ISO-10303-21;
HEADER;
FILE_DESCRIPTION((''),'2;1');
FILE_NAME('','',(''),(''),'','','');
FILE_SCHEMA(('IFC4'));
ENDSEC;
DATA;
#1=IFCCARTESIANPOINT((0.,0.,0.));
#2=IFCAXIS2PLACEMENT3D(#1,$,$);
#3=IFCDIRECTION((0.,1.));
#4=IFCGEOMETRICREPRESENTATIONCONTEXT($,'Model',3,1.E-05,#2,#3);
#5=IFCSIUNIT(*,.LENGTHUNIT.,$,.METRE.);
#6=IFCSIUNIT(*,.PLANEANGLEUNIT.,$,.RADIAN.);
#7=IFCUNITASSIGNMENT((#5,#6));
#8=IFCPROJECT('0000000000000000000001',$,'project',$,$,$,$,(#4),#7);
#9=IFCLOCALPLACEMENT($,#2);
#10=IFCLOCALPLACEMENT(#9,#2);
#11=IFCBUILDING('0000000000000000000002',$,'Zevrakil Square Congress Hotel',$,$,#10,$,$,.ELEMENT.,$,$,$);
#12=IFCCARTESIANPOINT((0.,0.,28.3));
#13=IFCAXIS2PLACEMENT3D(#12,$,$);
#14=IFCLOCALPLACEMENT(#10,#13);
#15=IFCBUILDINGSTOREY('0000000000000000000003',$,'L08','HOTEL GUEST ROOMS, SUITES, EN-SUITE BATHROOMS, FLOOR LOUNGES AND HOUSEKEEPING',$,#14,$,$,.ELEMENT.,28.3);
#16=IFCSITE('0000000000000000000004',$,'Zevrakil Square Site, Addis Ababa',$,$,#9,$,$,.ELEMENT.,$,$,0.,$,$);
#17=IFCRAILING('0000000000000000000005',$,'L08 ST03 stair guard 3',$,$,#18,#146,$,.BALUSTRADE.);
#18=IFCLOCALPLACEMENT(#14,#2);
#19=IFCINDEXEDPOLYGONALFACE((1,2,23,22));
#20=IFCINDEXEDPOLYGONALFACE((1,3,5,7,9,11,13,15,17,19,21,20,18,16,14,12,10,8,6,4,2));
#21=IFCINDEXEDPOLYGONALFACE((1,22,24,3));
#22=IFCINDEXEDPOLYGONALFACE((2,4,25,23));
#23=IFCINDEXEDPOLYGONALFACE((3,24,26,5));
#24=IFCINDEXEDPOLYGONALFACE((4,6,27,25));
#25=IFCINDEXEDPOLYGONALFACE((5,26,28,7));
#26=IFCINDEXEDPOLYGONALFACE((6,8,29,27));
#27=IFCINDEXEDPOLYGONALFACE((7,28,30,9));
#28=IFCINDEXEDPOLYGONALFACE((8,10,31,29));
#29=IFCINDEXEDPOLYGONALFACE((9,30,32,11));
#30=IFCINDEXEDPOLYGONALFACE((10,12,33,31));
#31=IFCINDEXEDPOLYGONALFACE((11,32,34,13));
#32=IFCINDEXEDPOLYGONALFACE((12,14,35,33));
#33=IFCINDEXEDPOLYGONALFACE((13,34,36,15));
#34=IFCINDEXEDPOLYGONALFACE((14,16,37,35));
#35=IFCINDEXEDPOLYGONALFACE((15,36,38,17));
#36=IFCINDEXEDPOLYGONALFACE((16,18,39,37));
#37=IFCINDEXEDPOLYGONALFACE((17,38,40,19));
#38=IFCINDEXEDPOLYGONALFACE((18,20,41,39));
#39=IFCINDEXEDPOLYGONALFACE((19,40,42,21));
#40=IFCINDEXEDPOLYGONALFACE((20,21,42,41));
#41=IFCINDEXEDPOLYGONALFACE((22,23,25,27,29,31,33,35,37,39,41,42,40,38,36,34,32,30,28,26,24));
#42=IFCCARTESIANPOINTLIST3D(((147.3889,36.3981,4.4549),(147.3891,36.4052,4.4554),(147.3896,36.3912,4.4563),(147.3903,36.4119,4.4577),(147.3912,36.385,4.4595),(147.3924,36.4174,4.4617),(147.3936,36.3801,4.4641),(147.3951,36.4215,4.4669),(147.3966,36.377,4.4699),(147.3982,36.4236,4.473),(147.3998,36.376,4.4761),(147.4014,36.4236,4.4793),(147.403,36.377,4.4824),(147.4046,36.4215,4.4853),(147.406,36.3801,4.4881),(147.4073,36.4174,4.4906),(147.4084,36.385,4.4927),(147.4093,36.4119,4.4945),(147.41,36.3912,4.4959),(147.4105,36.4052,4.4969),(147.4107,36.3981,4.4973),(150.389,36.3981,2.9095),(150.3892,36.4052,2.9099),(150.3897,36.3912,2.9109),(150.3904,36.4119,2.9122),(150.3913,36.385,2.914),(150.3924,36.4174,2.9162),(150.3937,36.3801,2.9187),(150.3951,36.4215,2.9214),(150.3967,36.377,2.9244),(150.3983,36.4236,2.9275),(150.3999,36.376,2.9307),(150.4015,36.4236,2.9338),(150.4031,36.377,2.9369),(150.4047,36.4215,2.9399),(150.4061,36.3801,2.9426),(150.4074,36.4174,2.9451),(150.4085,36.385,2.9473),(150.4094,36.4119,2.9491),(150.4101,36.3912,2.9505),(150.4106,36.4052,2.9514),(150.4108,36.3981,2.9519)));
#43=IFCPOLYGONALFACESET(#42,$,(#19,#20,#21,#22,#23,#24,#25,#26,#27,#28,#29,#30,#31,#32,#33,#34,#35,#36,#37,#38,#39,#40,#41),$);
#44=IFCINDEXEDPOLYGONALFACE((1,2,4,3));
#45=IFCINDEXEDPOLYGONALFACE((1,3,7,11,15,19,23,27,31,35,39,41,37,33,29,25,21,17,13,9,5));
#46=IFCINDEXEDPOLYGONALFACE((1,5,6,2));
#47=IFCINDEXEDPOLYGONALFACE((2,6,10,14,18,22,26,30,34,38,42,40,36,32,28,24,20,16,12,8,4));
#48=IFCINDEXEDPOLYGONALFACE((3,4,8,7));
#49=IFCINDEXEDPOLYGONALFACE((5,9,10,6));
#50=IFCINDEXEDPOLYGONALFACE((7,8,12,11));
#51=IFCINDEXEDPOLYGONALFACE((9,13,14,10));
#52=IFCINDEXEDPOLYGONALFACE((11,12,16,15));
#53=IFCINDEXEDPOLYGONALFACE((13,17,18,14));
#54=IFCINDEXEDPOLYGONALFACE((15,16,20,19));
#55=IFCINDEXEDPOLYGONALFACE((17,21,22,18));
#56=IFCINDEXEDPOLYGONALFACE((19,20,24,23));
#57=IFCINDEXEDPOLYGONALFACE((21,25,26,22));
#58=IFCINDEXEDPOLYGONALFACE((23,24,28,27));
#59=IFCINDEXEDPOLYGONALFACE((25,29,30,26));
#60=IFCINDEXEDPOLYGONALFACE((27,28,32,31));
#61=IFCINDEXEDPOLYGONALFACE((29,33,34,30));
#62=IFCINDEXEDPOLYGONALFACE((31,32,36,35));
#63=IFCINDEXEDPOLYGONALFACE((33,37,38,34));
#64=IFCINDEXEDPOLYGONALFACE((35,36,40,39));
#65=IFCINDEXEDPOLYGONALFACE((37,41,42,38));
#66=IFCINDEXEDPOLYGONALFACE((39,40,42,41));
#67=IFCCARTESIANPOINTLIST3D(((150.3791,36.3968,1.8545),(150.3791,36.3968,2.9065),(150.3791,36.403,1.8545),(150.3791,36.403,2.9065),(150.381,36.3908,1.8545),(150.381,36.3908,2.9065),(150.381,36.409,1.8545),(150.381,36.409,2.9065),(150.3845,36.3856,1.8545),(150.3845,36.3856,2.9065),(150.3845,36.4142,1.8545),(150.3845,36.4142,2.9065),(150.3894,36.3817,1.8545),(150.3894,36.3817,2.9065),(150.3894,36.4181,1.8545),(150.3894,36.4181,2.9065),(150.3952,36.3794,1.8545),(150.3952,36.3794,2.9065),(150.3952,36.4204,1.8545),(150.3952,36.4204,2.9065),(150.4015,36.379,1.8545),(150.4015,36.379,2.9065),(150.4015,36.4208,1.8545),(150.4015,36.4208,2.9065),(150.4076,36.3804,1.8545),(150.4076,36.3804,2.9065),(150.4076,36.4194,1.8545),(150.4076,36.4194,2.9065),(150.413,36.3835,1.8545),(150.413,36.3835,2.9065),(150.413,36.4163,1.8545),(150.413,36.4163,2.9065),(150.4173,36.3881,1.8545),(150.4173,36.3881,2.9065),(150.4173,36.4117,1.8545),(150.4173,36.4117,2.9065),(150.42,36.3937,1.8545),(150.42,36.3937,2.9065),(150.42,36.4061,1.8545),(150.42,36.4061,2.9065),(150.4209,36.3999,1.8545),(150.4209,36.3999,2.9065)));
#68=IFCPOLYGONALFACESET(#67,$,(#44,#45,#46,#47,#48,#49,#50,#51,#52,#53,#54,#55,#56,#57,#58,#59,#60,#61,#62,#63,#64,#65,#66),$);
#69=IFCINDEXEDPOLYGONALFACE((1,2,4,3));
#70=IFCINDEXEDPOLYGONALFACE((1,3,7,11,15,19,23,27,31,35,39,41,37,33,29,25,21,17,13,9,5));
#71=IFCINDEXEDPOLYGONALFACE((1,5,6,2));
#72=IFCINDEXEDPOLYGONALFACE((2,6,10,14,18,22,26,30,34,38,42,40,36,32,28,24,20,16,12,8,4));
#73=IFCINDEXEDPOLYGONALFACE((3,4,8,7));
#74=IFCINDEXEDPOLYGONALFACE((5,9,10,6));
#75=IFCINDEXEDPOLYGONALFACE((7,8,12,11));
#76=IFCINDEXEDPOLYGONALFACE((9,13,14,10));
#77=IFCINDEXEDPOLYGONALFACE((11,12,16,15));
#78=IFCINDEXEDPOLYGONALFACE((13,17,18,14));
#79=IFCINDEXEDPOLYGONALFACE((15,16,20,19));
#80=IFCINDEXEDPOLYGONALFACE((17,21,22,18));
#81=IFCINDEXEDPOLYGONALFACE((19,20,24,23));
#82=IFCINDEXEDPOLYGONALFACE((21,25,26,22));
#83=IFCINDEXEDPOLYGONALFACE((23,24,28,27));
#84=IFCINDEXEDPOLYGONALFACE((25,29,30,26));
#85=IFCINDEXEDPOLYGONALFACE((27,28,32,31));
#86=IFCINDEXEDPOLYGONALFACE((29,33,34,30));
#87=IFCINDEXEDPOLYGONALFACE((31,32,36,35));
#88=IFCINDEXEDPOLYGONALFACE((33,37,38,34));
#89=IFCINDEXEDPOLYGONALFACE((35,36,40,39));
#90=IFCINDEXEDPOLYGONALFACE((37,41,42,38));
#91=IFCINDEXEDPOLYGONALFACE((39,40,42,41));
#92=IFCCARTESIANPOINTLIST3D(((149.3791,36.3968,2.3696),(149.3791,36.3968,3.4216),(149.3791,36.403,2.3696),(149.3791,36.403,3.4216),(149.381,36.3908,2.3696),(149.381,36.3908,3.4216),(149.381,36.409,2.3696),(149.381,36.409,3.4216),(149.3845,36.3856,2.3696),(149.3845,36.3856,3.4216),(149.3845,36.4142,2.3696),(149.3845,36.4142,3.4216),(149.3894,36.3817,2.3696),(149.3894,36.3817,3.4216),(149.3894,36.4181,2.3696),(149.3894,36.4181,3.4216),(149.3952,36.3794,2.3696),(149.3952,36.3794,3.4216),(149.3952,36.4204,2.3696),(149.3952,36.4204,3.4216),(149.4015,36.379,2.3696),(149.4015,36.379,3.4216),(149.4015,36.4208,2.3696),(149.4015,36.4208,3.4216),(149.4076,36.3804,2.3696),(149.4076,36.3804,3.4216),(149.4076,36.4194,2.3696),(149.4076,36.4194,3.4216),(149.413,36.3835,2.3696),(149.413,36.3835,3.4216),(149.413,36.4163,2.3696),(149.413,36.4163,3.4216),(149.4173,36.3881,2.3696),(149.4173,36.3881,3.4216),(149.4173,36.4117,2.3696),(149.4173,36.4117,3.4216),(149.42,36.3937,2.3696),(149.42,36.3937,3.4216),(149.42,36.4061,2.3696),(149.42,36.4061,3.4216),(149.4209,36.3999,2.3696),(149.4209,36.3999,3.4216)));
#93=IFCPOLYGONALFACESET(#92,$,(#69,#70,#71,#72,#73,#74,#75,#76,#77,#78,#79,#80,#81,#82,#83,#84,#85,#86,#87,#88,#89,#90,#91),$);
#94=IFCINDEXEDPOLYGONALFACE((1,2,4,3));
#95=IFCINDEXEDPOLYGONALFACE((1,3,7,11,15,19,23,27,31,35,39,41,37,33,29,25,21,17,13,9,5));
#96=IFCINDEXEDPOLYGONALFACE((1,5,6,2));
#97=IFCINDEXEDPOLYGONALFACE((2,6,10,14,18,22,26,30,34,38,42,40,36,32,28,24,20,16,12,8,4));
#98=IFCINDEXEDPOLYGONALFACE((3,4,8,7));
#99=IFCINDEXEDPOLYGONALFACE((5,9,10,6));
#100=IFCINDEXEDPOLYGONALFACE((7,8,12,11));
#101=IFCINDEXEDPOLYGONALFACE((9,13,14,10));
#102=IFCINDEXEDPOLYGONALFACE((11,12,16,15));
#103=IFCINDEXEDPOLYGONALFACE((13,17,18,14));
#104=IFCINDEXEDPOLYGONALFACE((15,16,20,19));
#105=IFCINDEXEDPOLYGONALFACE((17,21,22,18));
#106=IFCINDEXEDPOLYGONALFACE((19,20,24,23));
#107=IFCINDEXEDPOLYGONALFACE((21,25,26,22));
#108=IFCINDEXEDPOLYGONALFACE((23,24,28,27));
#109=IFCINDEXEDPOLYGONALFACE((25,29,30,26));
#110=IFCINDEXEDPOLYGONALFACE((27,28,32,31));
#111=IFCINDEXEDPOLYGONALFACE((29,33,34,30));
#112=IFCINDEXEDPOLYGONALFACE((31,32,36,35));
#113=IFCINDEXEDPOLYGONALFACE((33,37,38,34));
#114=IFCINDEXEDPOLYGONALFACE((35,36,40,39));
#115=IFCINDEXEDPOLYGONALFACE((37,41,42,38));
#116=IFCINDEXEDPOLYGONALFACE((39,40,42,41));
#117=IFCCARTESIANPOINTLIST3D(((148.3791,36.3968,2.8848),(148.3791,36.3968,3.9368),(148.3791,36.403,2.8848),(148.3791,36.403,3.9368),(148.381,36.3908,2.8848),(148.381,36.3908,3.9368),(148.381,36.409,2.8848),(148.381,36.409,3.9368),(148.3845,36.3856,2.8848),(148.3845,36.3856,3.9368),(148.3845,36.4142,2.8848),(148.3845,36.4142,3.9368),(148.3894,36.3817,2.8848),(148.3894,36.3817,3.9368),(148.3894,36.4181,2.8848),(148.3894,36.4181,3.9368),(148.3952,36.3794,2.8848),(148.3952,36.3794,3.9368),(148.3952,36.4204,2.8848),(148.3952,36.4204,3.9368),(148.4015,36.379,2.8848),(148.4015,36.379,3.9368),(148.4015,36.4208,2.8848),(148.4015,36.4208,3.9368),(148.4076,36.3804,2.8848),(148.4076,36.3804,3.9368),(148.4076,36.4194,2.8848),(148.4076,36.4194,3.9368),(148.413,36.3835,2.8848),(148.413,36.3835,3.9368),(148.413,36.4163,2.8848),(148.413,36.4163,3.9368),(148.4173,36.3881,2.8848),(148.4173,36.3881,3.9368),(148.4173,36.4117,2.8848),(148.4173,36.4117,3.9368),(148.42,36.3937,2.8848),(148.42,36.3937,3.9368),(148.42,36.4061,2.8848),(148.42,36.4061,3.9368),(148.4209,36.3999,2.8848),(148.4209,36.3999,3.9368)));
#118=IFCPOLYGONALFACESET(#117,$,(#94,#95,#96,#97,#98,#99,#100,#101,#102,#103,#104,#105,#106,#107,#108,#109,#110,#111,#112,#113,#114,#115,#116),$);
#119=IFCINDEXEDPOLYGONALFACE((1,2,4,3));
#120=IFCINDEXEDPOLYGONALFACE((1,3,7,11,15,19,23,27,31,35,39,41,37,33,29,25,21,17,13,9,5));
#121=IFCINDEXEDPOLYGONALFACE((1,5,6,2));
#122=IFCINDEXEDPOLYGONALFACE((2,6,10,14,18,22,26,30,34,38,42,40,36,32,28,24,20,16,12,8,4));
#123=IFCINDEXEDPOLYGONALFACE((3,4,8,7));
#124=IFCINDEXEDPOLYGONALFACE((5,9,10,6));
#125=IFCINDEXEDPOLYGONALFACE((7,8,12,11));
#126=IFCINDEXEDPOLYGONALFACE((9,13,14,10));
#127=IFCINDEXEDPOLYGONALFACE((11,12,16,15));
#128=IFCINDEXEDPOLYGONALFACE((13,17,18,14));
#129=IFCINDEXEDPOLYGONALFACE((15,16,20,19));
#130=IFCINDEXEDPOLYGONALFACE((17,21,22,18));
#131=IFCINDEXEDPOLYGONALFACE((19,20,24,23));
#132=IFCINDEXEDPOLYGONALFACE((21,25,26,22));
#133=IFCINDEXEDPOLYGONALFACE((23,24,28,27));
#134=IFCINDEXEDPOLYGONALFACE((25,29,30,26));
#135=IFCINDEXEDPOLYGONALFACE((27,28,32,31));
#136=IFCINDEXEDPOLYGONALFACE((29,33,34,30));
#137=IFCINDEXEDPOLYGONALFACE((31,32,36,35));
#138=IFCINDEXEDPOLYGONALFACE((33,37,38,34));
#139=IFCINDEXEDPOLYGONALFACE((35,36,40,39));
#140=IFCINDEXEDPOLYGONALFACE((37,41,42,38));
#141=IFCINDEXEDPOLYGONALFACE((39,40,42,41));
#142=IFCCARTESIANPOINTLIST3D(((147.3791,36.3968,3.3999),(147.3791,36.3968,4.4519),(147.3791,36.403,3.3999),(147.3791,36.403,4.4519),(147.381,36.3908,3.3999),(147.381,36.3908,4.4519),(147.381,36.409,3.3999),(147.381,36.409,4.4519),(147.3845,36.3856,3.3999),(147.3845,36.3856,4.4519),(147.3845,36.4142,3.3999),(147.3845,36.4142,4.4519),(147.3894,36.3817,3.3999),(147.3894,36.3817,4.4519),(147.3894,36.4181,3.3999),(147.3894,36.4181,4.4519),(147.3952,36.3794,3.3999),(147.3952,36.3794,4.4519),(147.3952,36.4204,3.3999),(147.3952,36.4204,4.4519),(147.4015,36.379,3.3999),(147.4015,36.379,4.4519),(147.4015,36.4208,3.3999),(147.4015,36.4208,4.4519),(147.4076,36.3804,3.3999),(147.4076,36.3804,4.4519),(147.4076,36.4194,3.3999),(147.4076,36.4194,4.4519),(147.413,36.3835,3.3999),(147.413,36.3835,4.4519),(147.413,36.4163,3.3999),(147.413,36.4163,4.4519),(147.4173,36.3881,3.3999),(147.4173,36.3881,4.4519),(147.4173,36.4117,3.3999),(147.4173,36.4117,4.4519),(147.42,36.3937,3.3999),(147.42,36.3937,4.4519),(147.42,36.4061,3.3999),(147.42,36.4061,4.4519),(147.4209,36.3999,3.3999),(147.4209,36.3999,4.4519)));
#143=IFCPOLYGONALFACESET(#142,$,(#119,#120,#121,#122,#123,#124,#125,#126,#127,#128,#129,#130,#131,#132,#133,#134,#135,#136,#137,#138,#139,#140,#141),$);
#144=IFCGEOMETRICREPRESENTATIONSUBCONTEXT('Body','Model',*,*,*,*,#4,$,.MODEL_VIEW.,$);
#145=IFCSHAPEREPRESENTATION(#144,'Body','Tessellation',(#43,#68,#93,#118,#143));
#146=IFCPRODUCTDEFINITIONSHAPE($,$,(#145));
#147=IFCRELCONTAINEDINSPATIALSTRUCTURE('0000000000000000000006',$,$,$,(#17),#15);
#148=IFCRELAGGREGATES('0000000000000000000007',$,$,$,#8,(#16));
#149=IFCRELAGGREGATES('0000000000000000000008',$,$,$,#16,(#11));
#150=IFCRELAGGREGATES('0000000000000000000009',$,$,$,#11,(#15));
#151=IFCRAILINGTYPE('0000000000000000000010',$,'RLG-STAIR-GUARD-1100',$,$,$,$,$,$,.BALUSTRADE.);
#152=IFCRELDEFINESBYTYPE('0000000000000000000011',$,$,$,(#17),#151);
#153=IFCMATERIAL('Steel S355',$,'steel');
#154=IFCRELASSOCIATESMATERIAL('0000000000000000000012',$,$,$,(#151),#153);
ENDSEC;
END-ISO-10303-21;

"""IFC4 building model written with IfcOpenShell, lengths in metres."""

from ifc_helpers import new_model, si_unit, direction, frame, origin, origin_2d, place, context, subcontext, project, spatial, circle, extrude, material, type_object, element, save


model = new_model("IFC4")

# Units and contexts
model_context = context("Model", 3, precision=1e-05, world=origin(), true_north=direction((0.0, 1.0)))
body_context = subcontext(model_context, "Body", "Model", "MODEL_VIEW")
ifc_project = project(units=[si_unit("LENGTHUNIT", "METRE"), si_unit("PLANEANGLEUNIT", "RADIAN")], contexts=[model_context])

# Site, building, storey
site_placement = place(None, origin())
site = spatial("IfcSite", under=ifc_project, at=site_placement, Name="Zevrakil Square Site, Addis Ababa", CompositionType="ELEMENT", RefElevation=0.0)
building_placement = place(site_placement, origin())
building = spatial("IfcBuilding", under=site, at=building_placement, Name="Zevrakil Square Congress Hotel", CompositionType="ELEMENT")
storey_placement = place(building_placement, frame((0.0, 0.0, 28.3)))
storey = spatial("IfcBuildingStorey", under=building, at=storey_placement, Name="L08", Description="HOTEL GUEST ROOMS, SUITES, EN-SUITE BATHROOMS, FLOOR LOUNGES AND HOUSEKEEPING", CompositionType="ELEMENT", Elevation=28.3)

# Railing
ifc_material_1 = material(Name="Steel S355", Category="steel")
railing_type_1 = type_object("IfcRailingType", Name="RLG-STAIR-GUARD-1100", PredefinedType="BALUSTRADE", material=ifc_material_1)
railing_1_placement = place(storey_placement, frame((150.3999, 36.3999, 1.8545)))
element("IfcRailing", 1, at=railing_1_placement, inside=storey, type_object=railing_type_1, Name="L08 ST03 stair guard 3", PredefinedType="BALUSTRADE", context=body_context, shape_type="SweptSolid", body=[
    extrude(circle(Radius=0.0239, at=origin_2d()), frame((0.0, 0.0, 1.0762), z_axis=(-0.88898, 0.0, 0.457946), x_axis=(0.0, -1.0, 0.0)), (0.0, 0.0, 1.0), 3.3748),
    extrude(circle(Radius=0.021, at=origin_2d()), origin(), (0.0, 0.0, 1.0), 1.052),
    extrude(circle(Radius=0.021, at=origin_2d()), frame((-1.0, 0.0, 0.5151)), (0.0, 0.0, 1.0), 1.052),
    extrude(circle(Radius=0.021, at=origin_2d()), frame((-2.0, 0.0, 1.0303)), (0.0, 0.0, 1.0), 1.052),
    extrude(circle(Radius=0.021, at=origin_2d()), frame((-3.0, 0.0, 1.5454)), (0.0, 0.0, 1.0), 1.052),
])

save(model, "model.ifc")
